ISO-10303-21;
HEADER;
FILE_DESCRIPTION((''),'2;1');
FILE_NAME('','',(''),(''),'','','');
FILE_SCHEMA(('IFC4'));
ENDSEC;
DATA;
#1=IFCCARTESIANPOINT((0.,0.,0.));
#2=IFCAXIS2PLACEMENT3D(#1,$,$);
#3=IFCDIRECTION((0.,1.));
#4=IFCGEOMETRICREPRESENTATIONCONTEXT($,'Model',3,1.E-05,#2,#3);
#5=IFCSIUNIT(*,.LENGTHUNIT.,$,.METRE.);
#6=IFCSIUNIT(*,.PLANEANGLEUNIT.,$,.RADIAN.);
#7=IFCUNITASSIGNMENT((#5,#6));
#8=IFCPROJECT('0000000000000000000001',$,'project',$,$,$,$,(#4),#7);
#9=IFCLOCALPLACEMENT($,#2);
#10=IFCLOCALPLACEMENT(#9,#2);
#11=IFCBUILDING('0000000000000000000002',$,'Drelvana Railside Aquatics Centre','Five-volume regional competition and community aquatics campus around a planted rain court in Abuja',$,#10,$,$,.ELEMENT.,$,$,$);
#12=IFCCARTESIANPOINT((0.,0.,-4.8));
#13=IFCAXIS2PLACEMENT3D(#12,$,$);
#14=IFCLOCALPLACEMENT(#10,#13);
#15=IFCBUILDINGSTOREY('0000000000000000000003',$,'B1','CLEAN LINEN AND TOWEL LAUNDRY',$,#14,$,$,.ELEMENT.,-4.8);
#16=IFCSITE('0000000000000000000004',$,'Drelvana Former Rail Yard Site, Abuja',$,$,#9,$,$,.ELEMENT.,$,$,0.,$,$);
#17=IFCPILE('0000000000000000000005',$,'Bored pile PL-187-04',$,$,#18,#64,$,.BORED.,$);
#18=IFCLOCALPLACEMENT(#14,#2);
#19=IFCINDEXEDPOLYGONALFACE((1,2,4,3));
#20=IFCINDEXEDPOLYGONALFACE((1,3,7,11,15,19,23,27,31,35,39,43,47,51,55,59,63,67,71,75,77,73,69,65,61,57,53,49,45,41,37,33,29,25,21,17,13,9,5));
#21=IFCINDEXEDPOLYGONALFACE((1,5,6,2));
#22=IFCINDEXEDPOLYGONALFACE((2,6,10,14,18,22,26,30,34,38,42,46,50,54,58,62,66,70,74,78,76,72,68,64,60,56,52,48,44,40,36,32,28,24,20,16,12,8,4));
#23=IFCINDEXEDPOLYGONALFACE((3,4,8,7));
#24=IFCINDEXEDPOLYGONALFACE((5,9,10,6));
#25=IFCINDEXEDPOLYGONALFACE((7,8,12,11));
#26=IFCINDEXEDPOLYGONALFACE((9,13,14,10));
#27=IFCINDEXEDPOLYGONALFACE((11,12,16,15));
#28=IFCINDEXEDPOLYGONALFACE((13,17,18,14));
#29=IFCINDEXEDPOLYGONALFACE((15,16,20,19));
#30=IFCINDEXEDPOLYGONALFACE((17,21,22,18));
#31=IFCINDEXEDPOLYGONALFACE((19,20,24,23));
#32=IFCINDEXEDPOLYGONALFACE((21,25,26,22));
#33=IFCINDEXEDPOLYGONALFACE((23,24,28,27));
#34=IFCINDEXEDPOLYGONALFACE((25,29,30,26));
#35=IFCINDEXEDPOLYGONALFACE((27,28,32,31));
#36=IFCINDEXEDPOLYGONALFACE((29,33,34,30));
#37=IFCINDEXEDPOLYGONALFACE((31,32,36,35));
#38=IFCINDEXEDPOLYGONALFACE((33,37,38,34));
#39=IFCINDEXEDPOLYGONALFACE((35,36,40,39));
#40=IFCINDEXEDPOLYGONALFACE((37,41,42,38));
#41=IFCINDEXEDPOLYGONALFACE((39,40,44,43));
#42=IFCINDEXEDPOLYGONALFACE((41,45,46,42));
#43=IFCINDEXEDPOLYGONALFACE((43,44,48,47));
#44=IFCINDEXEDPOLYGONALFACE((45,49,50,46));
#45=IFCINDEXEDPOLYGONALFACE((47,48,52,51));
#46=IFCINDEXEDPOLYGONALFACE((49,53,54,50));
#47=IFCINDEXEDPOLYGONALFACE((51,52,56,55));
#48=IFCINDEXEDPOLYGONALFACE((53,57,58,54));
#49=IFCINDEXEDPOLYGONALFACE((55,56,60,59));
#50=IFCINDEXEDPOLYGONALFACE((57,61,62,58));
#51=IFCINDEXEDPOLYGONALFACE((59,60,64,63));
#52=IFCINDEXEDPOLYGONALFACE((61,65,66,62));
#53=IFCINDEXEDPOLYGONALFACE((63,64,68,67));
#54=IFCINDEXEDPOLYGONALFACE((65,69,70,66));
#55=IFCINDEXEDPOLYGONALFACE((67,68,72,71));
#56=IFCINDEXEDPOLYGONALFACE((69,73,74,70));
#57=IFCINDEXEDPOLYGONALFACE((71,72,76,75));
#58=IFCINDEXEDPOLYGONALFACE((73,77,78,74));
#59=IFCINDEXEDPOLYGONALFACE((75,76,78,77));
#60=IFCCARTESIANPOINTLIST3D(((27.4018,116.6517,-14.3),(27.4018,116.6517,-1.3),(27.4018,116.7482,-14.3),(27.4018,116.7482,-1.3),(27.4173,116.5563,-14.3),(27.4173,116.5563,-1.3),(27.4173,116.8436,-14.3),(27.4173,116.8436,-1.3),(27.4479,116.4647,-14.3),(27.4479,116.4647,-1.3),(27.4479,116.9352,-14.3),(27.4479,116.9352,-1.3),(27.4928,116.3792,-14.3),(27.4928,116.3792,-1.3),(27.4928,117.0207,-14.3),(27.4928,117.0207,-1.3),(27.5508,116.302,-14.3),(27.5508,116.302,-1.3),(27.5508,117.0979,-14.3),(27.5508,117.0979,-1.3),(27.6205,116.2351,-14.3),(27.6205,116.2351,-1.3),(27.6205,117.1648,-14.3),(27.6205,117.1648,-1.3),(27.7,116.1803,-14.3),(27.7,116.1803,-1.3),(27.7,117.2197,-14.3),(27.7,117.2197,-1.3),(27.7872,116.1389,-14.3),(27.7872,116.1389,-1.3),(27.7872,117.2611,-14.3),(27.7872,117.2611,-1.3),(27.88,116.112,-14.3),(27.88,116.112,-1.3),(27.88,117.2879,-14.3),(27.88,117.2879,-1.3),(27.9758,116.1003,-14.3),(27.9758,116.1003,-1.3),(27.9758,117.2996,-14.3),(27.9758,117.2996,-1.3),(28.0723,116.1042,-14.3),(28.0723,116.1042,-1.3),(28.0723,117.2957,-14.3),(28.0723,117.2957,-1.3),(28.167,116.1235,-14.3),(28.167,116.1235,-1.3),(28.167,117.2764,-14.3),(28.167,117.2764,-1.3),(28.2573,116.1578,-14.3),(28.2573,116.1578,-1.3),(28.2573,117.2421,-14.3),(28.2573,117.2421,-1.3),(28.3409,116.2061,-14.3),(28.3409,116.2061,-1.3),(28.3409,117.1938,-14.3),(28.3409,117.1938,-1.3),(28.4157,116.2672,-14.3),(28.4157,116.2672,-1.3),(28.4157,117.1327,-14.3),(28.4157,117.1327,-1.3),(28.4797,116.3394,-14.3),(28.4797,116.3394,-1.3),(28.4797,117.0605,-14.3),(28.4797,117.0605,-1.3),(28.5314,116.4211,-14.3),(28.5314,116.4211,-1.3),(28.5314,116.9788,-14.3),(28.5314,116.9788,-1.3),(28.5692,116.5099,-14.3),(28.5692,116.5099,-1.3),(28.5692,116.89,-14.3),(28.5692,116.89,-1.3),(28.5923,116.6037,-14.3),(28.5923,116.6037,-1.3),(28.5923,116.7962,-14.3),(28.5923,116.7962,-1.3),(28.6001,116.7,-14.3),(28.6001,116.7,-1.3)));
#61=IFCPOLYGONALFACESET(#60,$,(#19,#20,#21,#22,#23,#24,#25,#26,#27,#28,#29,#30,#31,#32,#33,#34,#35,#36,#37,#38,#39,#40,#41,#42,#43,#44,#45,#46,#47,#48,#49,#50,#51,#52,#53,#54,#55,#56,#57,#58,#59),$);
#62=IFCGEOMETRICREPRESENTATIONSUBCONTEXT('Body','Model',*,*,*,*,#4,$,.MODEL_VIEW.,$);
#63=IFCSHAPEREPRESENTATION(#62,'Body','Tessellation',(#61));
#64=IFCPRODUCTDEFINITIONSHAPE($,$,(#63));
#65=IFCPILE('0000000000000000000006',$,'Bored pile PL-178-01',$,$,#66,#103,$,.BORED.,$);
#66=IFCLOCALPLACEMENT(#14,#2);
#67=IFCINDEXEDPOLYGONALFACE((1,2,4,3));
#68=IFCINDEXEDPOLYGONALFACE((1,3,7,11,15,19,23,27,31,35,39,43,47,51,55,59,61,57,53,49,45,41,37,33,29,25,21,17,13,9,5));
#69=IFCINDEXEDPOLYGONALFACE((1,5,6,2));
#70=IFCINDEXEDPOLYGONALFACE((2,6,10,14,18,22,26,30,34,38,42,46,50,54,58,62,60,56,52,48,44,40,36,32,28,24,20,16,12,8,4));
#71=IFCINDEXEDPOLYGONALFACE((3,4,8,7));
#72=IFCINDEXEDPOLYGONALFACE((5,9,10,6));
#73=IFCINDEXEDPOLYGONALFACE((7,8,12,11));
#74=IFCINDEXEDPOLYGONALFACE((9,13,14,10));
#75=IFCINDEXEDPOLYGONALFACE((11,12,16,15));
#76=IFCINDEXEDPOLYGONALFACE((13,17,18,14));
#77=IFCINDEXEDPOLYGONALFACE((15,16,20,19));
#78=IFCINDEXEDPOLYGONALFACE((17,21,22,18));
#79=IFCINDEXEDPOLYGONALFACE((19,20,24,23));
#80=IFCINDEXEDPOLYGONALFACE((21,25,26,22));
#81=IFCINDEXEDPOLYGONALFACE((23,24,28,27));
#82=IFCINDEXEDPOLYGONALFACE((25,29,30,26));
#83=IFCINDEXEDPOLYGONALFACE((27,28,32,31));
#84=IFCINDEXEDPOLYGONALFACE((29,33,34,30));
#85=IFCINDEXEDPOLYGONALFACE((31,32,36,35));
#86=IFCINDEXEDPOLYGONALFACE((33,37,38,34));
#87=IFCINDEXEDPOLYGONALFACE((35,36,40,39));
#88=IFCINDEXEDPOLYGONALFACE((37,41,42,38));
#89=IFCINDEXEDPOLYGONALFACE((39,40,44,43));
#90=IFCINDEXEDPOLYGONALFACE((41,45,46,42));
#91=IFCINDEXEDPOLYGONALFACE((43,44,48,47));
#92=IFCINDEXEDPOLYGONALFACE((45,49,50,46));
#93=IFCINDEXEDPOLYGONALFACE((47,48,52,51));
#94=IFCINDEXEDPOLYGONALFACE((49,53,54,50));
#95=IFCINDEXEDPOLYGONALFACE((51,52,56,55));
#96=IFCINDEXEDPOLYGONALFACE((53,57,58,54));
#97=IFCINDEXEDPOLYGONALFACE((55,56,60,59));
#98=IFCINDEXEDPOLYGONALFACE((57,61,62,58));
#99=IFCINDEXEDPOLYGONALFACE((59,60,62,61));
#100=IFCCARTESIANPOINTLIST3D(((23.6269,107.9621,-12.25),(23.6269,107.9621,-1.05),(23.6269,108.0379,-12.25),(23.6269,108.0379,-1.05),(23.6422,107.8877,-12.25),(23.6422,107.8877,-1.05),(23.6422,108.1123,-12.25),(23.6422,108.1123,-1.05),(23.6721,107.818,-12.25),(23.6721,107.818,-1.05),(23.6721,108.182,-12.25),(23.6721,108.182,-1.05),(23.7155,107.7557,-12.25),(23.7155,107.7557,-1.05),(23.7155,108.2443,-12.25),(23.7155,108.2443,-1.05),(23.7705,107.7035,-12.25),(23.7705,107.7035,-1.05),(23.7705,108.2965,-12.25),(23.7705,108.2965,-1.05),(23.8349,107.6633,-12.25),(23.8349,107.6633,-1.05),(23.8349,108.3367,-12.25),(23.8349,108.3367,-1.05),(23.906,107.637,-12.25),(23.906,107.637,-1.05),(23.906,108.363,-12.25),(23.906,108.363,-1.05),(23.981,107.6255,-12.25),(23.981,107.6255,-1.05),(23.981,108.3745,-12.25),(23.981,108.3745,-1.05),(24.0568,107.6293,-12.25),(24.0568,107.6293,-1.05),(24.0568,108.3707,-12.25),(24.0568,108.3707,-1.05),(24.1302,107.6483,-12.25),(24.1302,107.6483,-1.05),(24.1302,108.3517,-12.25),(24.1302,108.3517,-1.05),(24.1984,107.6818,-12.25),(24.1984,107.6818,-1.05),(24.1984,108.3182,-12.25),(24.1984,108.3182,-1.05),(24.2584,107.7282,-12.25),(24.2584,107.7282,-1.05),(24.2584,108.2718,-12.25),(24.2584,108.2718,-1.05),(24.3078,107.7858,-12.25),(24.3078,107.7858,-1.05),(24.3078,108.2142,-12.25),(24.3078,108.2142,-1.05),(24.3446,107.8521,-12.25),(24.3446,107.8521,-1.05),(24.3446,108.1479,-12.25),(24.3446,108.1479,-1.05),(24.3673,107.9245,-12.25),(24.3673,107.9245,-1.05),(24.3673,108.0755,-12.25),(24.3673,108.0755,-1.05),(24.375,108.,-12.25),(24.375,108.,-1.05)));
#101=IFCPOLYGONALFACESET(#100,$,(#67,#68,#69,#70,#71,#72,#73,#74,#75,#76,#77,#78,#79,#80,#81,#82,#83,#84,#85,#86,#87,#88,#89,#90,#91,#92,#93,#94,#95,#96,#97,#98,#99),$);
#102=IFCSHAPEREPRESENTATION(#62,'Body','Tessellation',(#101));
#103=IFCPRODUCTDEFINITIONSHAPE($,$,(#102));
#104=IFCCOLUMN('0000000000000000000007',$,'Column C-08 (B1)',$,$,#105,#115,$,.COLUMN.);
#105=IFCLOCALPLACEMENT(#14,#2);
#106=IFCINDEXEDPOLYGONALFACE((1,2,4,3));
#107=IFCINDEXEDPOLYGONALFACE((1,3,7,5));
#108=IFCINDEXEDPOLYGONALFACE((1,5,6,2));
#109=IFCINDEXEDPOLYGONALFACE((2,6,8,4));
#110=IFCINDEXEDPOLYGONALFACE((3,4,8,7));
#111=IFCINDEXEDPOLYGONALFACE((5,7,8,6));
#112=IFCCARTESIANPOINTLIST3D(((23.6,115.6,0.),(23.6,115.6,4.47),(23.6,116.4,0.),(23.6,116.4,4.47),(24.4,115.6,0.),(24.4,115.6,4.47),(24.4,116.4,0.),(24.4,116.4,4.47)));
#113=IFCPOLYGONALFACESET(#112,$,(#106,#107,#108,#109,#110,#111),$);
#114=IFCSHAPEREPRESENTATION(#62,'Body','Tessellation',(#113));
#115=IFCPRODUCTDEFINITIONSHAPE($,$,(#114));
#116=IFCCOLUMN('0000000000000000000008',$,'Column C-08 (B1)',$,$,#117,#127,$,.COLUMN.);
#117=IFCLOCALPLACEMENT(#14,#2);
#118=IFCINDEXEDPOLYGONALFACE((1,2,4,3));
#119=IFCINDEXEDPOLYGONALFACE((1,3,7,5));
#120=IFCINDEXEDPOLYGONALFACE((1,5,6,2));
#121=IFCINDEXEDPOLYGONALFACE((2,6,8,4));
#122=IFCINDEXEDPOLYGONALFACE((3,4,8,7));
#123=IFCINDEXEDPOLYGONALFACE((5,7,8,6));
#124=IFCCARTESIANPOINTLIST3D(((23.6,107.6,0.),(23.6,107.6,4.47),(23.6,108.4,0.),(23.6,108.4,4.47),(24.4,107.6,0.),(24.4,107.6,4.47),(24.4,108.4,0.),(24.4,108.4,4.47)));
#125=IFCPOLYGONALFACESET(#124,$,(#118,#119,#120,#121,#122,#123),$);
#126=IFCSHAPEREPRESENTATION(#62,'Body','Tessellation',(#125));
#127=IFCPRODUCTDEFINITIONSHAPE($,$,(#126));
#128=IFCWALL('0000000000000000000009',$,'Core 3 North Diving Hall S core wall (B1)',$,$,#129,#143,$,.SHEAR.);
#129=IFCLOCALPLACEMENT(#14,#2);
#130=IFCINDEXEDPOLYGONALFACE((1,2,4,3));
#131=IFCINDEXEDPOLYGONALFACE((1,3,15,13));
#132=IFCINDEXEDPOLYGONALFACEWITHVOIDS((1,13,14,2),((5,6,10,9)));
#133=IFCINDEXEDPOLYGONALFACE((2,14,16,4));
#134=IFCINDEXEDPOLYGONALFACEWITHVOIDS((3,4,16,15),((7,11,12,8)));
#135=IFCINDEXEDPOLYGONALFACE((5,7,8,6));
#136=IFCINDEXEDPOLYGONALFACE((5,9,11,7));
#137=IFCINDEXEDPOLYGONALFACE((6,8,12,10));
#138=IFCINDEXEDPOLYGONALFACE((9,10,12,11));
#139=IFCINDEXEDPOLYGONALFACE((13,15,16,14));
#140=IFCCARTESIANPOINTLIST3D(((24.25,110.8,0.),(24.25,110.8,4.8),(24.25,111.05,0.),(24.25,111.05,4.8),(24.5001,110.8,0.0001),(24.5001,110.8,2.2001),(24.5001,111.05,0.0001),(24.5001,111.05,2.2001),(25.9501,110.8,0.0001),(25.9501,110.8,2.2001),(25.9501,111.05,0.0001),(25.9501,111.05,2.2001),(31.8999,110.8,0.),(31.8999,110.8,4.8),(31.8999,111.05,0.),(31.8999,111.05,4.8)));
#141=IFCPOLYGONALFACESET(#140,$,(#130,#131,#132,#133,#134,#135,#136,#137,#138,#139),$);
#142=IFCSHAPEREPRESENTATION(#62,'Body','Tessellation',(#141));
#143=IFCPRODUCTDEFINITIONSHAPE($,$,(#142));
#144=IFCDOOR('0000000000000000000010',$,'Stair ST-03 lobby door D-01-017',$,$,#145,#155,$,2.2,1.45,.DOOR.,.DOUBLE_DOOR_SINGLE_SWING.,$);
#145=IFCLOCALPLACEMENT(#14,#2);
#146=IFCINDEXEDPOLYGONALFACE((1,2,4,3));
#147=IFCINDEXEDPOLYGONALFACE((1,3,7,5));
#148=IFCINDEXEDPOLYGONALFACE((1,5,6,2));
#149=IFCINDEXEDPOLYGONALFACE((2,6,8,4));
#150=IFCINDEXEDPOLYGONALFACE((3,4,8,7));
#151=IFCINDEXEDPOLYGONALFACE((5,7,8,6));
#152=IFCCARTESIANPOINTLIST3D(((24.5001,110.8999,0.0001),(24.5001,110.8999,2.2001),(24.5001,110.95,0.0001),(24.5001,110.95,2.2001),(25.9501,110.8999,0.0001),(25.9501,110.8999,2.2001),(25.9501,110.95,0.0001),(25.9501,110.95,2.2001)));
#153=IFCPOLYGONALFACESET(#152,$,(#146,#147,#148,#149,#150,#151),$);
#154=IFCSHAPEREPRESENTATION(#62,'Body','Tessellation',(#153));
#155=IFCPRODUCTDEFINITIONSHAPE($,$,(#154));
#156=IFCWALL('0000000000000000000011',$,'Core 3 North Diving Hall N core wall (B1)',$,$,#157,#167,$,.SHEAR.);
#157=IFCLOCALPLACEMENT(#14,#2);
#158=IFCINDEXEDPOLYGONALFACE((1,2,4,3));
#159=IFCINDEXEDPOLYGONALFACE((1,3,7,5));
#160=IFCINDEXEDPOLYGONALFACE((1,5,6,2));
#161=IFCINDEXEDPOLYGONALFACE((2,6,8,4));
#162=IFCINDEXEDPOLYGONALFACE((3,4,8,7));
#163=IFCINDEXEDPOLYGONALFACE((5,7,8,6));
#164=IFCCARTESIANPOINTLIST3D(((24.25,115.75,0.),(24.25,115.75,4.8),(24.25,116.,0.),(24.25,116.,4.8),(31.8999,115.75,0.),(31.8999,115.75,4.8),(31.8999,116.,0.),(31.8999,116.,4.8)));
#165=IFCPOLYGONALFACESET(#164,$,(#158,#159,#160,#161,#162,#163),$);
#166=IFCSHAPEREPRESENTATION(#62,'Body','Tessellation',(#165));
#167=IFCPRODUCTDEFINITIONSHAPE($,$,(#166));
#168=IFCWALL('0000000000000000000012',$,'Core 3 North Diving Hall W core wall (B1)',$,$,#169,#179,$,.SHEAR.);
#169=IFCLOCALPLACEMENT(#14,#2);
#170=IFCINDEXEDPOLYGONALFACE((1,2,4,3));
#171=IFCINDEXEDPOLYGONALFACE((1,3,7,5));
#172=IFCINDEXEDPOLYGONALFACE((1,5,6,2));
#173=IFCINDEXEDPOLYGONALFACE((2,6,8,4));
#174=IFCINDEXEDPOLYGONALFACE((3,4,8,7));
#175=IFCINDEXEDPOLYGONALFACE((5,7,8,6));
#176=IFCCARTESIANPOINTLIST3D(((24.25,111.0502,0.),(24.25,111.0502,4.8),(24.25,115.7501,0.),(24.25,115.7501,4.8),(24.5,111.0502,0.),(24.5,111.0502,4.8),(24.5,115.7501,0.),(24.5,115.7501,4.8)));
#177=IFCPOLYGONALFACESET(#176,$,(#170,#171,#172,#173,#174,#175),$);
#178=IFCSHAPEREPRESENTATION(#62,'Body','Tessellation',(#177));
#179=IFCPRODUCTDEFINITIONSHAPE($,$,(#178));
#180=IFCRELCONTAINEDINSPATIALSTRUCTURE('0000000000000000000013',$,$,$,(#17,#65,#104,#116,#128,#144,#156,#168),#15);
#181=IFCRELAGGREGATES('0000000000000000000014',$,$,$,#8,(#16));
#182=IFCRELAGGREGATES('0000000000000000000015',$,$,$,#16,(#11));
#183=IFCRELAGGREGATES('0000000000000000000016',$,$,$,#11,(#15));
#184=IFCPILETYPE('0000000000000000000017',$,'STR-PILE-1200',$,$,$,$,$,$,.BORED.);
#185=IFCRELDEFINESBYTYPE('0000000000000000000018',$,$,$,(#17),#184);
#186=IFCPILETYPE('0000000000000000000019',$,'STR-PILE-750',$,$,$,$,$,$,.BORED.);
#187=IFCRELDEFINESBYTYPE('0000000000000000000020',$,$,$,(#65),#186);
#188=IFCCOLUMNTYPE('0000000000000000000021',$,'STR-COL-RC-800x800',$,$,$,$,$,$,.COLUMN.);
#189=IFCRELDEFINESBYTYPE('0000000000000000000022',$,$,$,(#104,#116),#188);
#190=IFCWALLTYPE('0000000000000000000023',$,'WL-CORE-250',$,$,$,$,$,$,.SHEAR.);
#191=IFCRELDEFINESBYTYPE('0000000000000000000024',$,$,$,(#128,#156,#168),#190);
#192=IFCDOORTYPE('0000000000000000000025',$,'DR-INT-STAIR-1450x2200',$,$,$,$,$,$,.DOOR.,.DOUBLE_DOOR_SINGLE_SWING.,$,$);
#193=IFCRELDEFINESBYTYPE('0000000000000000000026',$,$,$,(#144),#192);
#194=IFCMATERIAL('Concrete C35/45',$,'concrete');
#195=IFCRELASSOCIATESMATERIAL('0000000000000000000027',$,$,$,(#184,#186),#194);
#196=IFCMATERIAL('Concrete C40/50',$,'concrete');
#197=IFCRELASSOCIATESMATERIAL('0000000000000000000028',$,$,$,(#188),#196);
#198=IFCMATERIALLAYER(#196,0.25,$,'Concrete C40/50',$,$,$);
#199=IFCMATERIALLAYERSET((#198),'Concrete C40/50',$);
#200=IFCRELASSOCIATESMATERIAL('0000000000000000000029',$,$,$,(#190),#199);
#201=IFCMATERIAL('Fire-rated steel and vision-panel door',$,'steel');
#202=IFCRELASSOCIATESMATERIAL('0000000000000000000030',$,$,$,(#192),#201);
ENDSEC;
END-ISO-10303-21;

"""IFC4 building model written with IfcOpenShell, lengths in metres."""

from ifc_helpers import new_model, si_unit, direction, frame, frame_2d, origin, origin_2d, place, context, subcontext, project, spatial, rectangle, circle, extrude, material, layer, layer_set, material_profile, profile_set, type_object, element, fill, save


model = new_model("IFC4")

# Units and contexts
model_context = context("Model", 3, precision=1e-05, world=origin(), true_north=direction((0.0, 1.0)))
body_context = subcontext(model_context, "Body", "Model", "MODEL_VIEW")
ifc_project = project(units=[si_unit("LENGTHUNIT", "METRE"), si_unit("PLANEANGLEUNIT", "RADIAN")], contexts=[model_context])

# Site, building, storey
site_placement = place(None, origin())
site = spatial("IfcSite", under=ifc_project, at=site_placement, Name="Drelvana Former Rail Yard Site, Abuja", CompositionType="ELEMENT", RefElevation=0.0)
building_placement = place(site_placement, origin())
building = spatial("IfcBuilding", under=site, at=building_placement, Name="Drelvana Railside Aquatics Centre", Description="Five-volume regional competition and community aquatics campus around a planted rain court in Abuja", CompositionType="ELEMENT")
storey_placement = place(building_placement, frame((0.0, 0.0, -4.8)))
storey = spatial("IfcBuildingStorey", under=building, at=storey_placement, Name="B1", Description="CLEAN LINEN AND TOWEL LAUNDRY", CompositionType="ELEMENT", Elevation=-4.8)

# Shared definitions
ifc_material_1 = material(Name="Concrete C35/45", Category="concrete")

# Piles
ifc_material_profile_1 = material_profile(ifc_material_1, circle(Radius=0.6001, at=origin_2d()), Name="PILE D1200")
ifc_profile_set_1 = profile_set([ifc_material_profile_1], Name="Concrete C35/45")
pile_type_1 = type_object("IfcPileType", Name="STR-PILE-1200", PredefinedType="BORED", material=ifc_profile_set_1)
for number, where, z_axis, x_axis, name in (
    (1, (28.0, 116.7, -1.3), (0.0, 0.0, -1.0), (1.0, 0.0, 0.0), "Bored pile PL-187-04"),
):
    element("IfcPile", number, at=place(storey_placement, frame(where, z_axis=z_axis, x_axis=x_axis)), inside=storey, type_object=pile_type_1, Name=name, PredefinedType="BORED", context=body_context, shape_type="SweptSolid", body=[
        extrude(circle(Radius=0.6001, at=origin_2d()), origin(), (0.0, 0.0, 1.0), 13.0),
    ])
ifc_material_profile_2 = material_profile(ifc_material_1, circle(Radius=0.375, at=origin_2d()), Name="PILE D750")
ifc_profile_set_2 = profile_set([ifc_material_profile_2], Name="Concrete C35/45")
pile_type_2 = type_object("IfcPileType", Name="STR-PILE-750", PredefinedType="BORED", material=ifc_profile_set_2)
pile_placement = place(storey_placement, frame((24.0, 108.0, -1.05), z_axis=(0.0, 0.0, -1.0), x_axis=(1.0, 0.0, 0.0)))
element("IfcPile", 2, at=pile_placement, inside=storey, type_object=pile_type_2, Name="Bored pile PL-178-01", PredefinedType="BORED", context=body_context, shape_type="SweptSolid", body=[
    extrude(circle(Radius=0.375, at=origin_2d()), origin(), (0.0, 0.0, 1.0), 11.2),
])

# Columns
ifc_material_2 = material(Name="Concrete C40/50", Category="concrete")
ifc_material_profile_3 = material_profile(ifc_material_2, rectangle(XDim=0.8, YDim=0.8, at=origin_2d()), Name="RC 800x800")
ifc_profile_set_3 = profile_set([ifc_material_profile_3], Name="Concrete C40/50")
column_type = type_object("IfcColumnType", Name="STR-COL-RC-800x800", PredefinedType="COLUMN", material=ifc_profile_set_3)
for number, where, z_axis, x_axis, name in (
    (3, (24.0, 116.0, 0.0), (0.0, 0.0, 1.0), (1.0, 0.0, 0.0), "Column C-08 (B1)"),
    (4, (24.0, 108.0, 0.0), (0.0, 0.0, 1.0), (1.0, 0.0, 0.0), "Column C-08 (B1)"),
):
    element("IfcColumn", number, at=place(storey_placement, frame(where, z_axis=z_axis, x_axis=x_axis)), inside=storey, type_object=column_type, Name=name, PredefinedType="COLUMN", context=body_context, shape_type="SweptSolid", body=[
        extrude(rectangle(XDim=0.8, YDim=0.8, at=origin_2d()), origin(), (0.0, 0.0, 1.0), 4.47),
    ])

# Wall, opening, door
ifc_layer_1 = layer(ifc_material_2, 0.25, Name="Concrete C40/50")
ifc_layer_set_1 = layer_set([ifc_layer_1], Name="Concrete C40/50")
wall_type_1 = type_object("IfcWallType", Name="WL-CORE-250", PredefinedType="SHEAR", material=ifc_layer_set_1)
wall_1_placement = place(storey_placement, frame((24.25, 110.925, 0.0), z_axis=(0.0, 0.0, 1.0), x_axis=(1.0, 0.0, 0.0)))
wall_1 = element("IfcWall", 5, at=wall_1_placement, inside=storey, type_object=wall_type_1, Name="Core 3 North Diving Hall S core wall (B1)", PredefinedType="SHEAR", context=body_context, shape_type="SweptSolid", body=[
    extrude(rectangle(XDim=7.6499, YDim=0.25, at=frame_2d((3.825, 0.0))), origin(), (0.0, 0.0, 1.0), 4.8),
])
opening_placement = place(wall_1_placement, frame((0.25, 0.0, 0.0)))
opening = element("IfcOpeningElement", 6, at=opening_placement, cuts=wall_1, PredefinedType="OPENING", context=body_context, shape_type="SweptSolid", body=[
    extrude(rectangle(XDim=1.45, YDim=2.2, at=frame_2d((0.7251, 1.1001))), frame((0.0, 0.135, 0.0), z_axis=(0.0, -1.0, 0.0), x_axis=(1.0, 0.0, 0.0)), (0.0, 0.0, 1.0), 0.27),
])
ifc_material_3 = material(Name="Fire-rated steel and vision-panel door", Category="steel")
door_type = type_object("IfcDoorType", Name="DR-INT-STAIR-1450x2200", OperationType="DOUBLE_DOOR_SINGLE_SWING", PredefinedType="DOOR", material=ifc_material_3)
door_placement = place(opening_placement, origin())
door = element("IfcDoor", 7, at=door_placement, inside=storey, type_object=door_type, Name="Stair ST-03 lobby door D-01-017", OperationType="DOUBLE_DOOR_SINGLE_SWING", OverallHeight=2.2, OverallWidth=1.45, PredefinedType="DOOR", context=body_context, shape_type="SweptSolid", body=[
    extrude(rectangle(XDim=1.45, YDim=2.2, at=frame_2d((0.7251, 1.1001))), frame((0.0, 0.0249, 0.0), z_axis=(0.0, -1.0, 0.0), x_axis=(1.0, 0.0, 0.0)), (0.0, 0.0, 1.0), 0.05),
])
fill(opening, door)

# Walls
wall_2_placement = place(storey_placement, frame((24.25, 115.875, 0.0), z_axis=(0.0, 0.0, 1.0), x_axis=(1.0, 0.0, 0.0)))
element("IfcWall", 8, at=wall_2_placement, inside=storey, type_object=wall_type_1, Name="Core 3 North Diving Hall N core wall (B1)", PredefinedType="SHEAR", context=body_context, shape_type="SweptSolid", body=[
    extrude(rectangle(XDim=7.6499, YDim=0.25, at=frame_2d((3.825, 0.0))), origin(), (0.0, 0.0, 1.0), 4.8),
])
wall_3_placement = place(storey_placement, frame((24.375, 111.05, 0.0), z_axis=(0.0, 0.0, 1.0), x_axis=(0.0, 1.0, 0.0)))
element("IfcWall", 9, at=wall_3_placement, inside=storey, type_object=wall_type_1, Name="Core 3 North Diving Hall W core wall (B1)", PredefinedType="SHEAR", context=body_context, shape_type="SweptSolid", body=[
    extrude(rectangle(XDim=4.7, YDim=0.25, at=frame_2d((2.3501, 0.0))), origin(), (0.0, 0.0, 1.0), 4.8),
])

save(model, "model.ifc")
